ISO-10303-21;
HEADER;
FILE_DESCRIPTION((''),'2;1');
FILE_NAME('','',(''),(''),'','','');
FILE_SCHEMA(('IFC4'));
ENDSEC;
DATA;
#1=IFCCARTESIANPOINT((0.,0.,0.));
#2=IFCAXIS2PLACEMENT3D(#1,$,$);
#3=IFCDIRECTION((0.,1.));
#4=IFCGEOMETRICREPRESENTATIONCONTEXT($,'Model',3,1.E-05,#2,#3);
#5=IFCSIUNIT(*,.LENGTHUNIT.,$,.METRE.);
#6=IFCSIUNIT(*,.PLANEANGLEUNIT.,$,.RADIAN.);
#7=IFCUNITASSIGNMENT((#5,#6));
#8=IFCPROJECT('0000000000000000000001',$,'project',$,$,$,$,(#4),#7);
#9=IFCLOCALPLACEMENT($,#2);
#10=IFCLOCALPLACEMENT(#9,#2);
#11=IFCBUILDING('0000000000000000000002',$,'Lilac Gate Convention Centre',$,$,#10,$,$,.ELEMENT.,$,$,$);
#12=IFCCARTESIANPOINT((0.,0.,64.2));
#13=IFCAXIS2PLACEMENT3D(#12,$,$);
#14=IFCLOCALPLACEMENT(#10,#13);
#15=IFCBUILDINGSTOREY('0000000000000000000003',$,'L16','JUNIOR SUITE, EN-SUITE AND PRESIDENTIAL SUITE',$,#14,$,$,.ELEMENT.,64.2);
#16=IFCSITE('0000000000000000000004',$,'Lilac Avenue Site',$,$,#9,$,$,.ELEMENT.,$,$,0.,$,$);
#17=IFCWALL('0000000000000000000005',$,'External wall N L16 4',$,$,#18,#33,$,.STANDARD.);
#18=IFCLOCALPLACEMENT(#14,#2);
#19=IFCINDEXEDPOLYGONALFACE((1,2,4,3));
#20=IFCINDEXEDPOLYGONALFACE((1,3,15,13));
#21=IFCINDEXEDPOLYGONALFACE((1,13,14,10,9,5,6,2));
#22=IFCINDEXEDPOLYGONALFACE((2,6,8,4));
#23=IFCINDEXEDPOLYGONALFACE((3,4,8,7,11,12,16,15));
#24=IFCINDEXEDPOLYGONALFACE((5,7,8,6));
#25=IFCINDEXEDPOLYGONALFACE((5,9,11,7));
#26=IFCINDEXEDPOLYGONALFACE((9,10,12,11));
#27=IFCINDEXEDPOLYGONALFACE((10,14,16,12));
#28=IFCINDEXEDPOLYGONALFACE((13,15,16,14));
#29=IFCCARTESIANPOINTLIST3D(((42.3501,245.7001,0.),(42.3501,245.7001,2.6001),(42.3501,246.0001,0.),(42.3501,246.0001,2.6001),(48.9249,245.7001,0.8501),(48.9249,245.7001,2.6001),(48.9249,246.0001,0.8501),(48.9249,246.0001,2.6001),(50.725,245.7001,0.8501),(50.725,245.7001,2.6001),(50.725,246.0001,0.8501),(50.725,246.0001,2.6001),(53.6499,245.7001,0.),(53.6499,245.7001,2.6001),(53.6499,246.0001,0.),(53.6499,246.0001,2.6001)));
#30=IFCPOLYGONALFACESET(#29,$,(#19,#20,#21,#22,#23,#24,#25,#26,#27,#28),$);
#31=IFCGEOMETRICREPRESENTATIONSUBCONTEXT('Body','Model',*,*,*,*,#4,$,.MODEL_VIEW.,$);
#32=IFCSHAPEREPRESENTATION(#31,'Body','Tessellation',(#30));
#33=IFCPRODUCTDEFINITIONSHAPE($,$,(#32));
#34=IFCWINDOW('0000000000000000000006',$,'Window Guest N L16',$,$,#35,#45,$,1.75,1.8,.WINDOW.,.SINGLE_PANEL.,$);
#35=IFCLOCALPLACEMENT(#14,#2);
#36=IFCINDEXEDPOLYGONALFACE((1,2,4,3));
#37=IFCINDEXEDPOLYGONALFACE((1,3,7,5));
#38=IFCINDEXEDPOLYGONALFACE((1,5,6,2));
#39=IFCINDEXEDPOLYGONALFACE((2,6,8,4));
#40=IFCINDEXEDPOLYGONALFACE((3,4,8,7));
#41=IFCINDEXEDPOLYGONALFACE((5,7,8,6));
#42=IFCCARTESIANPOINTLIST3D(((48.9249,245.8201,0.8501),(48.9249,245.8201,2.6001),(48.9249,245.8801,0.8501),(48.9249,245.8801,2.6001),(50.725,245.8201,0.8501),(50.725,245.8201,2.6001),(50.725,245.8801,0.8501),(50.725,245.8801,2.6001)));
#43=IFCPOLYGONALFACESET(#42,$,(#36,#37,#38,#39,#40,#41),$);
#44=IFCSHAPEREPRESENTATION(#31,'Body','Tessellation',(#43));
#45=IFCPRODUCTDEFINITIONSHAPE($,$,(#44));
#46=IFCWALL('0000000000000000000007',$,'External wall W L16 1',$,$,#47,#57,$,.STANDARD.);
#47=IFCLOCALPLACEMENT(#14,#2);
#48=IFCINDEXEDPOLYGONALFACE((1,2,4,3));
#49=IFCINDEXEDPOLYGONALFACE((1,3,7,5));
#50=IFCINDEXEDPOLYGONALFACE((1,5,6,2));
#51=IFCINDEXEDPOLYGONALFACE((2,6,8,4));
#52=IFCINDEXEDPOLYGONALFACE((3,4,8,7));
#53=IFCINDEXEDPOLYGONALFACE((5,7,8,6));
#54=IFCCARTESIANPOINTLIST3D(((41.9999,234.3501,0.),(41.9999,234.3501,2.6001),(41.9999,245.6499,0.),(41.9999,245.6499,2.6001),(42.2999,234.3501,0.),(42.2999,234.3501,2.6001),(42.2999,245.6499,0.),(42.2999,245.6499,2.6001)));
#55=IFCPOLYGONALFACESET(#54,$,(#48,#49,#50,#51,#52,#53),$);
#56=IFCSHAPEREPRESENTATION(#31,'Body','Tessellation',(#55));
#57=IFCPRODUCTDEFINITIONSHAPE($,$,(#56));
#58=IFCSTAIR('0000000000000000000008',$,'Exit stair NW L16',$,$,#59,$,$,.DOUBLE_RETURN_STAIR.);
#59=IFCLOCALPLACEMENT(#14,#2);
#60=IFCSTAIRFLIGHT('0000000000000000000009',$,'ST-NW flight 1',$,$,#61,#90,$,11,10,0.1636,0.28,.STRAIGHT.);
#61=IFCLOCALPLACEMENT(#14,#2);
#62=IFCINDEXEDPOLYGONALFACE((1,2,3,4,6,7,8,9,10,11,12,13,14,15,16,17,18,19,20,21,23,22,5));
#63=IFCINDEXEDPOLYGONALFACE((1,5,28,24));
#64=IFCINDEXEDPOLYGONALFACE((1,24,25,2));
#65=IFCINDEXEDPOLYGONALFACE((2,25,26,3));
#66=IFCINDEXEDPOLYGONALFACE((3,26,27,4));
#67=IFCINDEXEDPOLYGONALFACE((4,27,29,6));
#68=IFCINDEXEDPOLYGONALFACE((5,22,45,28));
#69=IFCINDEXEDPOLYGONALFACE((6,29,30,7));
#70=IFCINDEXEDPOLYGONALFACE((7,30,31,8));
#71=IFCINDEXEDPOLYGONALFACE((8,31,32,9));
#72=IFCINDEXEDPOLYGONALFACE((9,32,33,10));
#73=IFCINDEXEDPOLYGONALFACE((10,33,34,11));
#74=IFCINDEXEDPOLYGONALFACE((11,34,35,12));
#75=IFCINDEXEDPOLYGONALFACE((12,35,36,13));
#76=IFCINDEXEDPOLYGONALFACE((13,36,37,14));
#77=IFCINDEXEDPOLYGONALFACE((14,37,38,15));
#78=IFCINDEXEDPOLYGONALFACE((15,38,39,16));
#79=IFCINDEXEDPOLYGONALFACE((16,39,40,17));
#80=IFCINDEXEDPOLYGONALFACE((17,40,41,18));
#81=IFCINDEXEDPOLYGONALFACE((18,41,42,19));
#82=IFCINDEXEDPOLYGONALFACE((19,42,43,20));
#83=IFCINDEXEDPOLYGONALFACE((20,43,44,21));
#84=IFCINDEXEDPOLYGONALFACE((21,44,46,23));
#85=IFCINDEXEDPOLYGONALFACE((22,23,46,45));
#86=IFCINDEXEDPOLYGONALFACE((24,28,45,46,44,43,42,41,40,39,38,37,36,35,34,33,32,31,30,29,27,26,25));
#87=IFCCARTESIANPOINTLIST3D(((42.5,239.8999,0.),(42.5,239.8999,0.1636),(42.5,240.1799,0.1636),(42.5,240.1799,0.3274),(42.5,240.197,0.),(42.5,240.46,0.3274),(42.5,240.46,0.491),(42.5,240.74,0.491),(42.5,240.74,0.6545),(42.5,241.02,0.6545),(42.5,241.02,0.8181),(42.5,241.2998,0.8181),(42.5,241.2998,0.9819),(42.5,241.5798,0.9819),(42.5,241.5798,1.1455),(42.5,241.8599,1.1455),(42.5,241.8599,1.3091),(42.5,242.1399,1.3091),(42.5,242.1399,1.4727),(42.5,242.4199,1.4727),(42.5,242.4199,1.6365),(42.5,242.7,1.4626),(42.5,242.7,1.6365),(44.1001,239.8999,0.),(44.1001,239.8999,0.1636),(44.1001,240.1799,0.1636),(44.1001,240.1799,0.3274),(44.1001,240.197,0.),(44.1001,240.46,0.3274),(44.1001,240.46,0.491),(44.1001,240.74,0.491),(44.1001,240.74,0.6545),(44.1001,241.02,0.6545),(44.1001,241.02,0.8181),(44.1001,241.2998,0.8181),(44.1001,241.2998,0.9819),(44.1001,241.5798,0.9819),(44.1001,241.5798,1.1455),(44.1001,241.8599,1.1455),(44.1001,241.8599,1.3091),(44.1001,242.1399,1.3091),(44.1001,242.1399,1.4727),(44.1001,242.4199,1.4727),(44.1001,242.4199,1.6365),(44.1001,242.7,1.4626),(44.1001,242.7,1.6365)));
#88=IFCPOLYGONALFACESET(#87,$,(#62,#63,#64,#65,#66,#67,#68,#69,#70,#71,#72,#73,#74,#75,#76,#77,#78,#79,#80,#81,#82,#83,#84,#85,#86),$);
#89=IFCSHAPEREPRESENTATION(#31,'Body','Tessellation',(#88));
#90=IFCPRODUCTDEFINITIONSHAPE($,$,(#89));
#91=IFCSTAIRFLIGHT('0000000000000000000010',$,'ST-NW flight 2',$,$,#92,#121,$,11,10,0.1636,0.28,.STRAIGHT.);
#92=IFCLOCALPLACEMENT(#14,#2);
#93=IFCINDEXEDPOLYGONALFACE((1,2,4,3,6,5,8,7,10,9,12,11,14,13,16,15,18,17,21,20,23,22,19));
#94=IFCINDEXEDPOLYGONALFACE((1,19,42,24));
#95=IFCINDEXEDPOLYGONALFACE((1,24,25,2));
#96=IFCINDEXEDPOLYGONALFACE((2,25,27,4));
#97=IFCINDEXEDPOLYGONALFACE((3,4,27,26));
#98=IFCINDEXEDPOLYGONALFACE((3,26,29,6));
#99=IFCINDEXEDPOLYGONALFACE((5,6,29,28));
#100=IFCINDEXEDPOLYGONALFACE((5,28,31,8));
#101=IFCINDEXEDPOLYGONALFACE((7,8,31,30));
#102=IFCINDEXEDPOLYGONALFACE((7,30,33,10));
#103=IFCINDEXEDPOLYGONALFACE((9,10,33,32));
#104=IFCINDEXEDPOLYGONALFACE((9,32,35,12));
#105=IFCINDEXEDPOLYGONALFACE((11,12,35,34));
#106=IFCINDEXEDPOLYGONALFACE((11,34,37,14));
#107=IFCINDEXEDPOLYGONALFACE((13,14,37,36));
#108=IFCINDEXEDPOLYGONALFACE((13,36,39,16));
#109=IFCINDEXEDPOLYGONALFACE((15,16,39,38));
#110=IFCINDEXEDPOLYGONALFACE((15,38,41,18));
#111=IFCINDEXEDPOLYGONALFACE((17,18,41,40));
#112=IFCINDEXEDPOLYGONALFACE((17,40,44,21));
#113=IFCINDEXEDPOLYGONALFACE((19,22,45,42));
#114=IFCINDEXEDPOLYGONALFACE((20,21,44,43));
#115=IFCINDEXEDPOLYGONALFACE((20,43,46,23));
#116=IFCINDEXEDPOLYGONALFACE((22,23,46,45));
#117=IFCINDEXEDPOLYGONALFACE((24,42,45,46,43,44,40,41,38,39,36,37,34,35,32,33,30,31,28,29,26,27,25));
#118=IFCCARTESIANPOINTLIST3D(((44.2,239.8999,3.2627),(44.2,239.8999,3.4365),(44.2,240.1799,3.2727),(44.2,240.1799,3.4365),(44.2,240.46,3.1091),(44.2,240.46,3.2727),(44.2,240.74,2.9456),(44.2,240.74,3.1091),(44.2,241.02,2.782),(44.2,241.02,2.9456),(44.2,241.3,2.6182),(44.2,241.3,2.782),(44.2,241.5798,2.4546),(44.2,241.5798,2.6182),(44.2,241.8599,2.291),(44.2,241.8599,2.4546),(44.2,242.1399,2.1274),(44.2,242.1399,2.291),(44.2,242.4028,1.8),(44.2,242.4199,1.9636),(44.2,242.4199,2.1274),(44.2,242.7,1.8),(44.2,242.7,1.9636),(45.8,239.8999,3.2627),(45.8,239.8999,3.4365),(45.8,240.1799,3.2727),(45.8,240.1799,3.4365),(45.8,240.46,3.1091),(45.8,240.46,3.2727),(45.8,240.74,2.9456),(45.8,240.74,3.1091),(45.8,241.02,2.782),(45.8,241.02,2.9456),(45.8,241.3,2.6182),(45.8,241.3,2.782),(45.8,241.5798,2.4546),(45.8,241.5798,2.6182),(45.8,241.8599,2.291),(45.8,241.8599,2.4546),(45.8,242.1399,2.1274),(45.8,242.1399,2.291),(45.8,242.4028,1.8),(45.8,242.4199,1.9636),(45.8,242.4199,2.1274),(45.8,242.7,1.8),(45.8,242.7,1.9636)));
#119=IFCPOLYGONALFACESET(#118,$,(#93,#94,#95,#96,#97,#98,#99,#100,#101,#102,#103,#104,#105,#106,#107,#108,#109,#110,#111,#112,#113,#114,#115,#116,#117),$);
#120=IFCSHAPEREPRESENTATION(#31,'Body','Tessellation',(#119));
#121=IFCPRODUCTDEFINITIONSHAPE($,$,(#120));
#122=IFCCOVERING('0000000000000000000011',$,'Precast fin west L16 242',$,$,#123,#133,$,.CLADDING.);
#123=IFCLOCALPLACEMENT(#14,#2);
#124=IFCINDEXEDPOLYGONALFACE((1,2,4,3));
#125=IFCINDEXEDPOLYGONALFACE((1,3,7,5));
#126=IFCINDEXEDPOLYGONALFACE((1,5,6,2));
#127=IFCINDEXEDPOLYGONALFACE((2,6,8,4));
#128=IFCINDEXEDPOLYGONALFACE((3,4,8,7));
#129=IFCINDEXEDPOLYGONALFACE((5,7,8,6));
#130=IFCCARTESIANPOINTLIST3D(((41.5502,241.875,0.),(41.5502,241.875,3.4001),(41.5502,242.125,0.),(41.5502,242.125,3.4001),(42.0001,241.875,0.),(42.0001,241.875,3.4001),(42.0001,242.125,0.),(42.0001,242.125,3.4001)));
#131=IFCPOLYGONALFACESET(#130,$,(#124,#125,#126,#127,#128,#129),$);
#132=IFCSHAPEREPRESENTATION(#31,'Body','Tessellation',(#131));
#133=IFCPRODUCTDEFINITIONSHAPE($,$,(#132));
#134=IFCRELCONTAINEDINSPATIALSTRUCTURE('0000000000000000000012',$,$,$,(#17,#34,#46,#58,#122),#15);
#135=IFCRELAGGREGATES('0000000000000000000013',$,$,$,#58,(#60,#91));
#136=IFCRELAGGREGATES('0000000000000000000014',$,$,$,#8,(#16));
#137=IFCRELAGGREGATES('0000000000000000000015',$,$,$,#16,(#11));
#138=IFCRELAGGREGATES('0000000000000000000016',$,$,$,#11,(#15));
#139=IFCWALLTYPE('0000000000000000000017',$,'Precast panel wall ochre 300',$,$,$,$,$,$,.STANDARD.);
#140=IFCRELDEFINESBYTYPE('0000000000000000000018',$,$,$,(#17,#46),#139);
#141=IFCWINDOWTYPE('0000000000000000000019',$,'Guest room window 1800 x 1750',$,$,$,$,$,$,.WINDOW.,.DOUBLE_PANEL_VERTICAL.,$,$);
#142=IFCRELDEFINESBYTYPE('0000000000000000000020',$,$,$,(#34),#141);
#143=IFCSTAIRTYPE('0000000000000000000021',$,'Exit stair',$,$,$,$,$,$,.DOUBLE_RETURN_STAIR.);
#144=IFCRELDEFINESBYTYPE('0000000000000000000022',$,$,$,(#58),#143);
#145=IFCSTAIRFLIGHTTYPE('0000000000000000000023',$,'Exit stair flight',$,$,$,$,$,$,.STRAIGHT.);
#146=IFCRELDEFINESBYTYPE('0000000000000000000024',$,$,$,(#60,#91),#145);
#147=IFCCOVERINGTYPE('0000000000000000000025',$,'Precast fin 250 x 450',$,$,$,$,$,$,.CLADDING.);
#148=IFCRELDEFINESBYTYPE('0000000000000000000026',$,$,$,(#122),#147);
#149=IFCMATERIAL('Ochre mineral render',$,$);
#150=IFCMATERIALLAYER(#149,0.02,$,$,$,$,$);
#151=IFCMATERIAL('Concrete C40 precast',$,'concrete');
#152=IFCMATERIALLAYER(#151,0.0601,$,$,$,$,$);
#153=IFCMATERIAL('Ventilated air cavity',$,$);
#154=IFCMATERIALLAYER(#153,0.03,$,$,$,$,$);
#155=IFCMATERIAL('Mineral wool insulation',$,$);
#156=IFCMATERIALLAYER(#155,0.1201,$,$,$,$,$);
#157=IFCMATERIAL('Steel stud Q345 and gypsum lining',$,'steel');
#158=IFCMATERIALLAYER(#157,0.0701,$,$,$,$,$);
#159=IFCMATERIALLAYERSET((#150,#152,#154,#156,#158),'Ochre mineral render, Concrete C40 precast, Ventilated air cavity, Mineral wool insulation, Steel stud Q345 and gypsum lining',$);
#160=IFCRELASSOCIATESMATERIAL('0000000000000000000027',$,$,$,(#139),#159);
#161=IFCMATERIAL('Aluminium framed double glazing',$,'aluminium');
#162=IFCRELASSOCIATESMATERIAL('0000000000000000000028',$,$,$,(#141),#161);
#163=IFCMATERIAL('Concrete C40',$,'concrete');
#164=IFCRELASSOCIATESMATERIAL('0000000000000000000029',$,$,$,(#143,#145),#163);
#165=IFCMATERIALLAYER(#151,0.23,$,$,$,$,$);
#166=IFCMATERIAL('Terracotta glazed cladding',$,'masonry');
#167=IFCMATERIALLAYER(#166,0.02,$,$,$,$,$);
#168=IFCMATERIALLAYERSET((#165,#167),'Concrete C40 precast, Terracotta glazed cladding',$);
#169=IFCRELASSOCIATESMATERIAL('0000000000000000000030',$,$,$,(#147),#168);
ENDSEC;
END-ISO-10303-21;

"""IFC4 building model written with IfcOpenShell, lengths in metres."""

from ifc_helpers import new_model, si_unit, direction, frame, frame_2d, origin, place, context, subcontext, project, spatial, polyline, rectangle, outline, extrude, material, layer, layer_set, type_object, element, fill, aggregate, save


model = new_model("IFC4")

# Units and contexts
model_context = context("Model", 3, precision=1e-05, world=origin(), true_north=direction((0.0, 1.0)))
body_context = subcontext(model_context, "Body", "Model", "MODEL_VIEW")
ifc_project = project(units=[si_unit("LENGTHUNIT", "METRE"), si_unit("PLANEANGLEUNIT", "RADIAN")], contexts=[model_context])

# Site, building, storey
site_placement = place(None, origin())
site = spatial("IfcSite", under=ifc_project, at=site_placement, Name="Lilac Avenue Site", CompositionType="ELEMENT", RefElevation=0.0)
building_placement = place(site_placement, origin())
building = spatial("IfcBuilding", under=site, at=building_placement, Name="Lilac Gate Convention Centre", CompositionType="ELEMENT")
storey_placement = place(building_placement, frame((0.0, 0.0, 64.2)))
storey = spatial("IfcBuildingStorey", under=building, at=storey_placement, Name="L16", Description="JUNIOR SUITE, EN-SUITE AND PRESIDENTIAL SUITE", CompositionType="ELEMENT", Elevation=64.2)

# Shared definitions
ifc_material_1 = material(Name="Concrete C40", Category="concrete")

# Shared definitions
ifc_material_2 = material(Name="Concrete C40 precast", Category="concrete")
ifc_material_3 = material(Name="Terracotta glazed cladding", Category="masonry")

# Wall, opening, window
ifc_material_4 = material(Name="Ochre mineral render")
ifc_layer_1 = layer(ifc_material_4, 0.02)
ifc_layer_2 = layer(ifc_material_2, 0.0601)
ifc_material_5 = material(Name="Ventilated air cavity")
ifc_layer_3 = layer(ifc_material_5, 0.03)
ifc_material_6 = material(Name="Mineral wool insulation")
ifc_layer_4 = layer(ifc_material_6, 0.1201)
ifc_material_7 = material(Name="Steel stud Q345 and gypsum lining", Category="steel")
ifc_layer_5 = layer(ifc_material_7, 0.0701)
ifc_layer_set_1 = layer_set([ifc_layer_1, ifc_layer_2, ifc_layer_3, ifc_layer_4, ifc_layer_5], Name="Ochre mineral render, Concrete C40 precast, Ventilated air cavity, Mineral wool insulation, Steel stud Q345 and gypsum lining")
wall_type_1 = type_object("IfcWallType", Name="Precast panel wall ochre 300", PredefinedType="STANDARD", material=ifc_layer_set_1)
wall_1_placement = place(storey_placement, frame((53.6499, 245.8501, 0.0), z_axis=(0.0, 0.0, 1.0), x_axis=(-1.0, 0.0, 0.0)))
wall_1 = element("IfcWall", 1, at=wall_1_placement, inside=storey, type_object=wall_type_1, Name="External wall N L16 4", PredefinedType="STANDARD", context=body_context, shape_type="SweptSolid", body=[
    extrude(rectangle(XDim=11.2998, YDim=0.3, at=frame_2d((5.6499, 0.0))), origin(), (0.0, 0.0, 1.0), 2.6001),
])
opening_1_placement = place(wall_1_placement, frame((2.925, 0.0, 0.8501)))
opening_1 = element("IfcOpeningElement", 2, at=opening_1_placement, cuts=wall_1, PredefinedType="OPENING", context=body_context, shape_type="SweptSolid", body=[
    extrude(rectangle(XDim=1.8, YDim=1.75, at=frame_2d((0.8999, 0.875))), frame((0.0, 0.1599, 0.0), z_axis=(0.0, -1.0, 0.0), x_axis=(1.0, 0.0, 0.0)), (0.0, 0.0, 1.0), 0.3201),
])
ifc_material_8 = material(Name="Aluminium framed double glazing", Category="aluminium")
window_type = type_object("IfcWindowType", Name="Guest room window 1800 x 1750", PartitioningType="DOUBLE_PANEL_VERTICAL", PredefinedType="WINDOW", material=ifc_material_8)
window_placement = place(opening_1_placement, origin())
window = element("IfcWindow", 3, at=window_placement, inside=storey, type_object=window_type, Name="Window Guest N L16", OverallHeight=1.75, OverallWidth=1.8, PartitioningType="SINGLE_PANEL", PredefinedType="WINDOW", context=body_context, shape_type="SweptSolid", body=[
    extrude(rectangle(XDim=1.8, YDim=1.75, at=frame_2d((0.8999, 0.875))), frame((0.0, 0.03, 0.0), z_axis=(0.0, -1.0, 0.0), x_axis=(1.0, 0.0, 0.0)), (0.0, 0.0, 1.0), 0.0601),
])
fill(opening_1, window)

# Wall
wall_2_placement = place(storey_placement, frame((42.1499, 245.6499, 0.0), z_axis=(0.0, 0.0, 1.0), x_axis=(0.0, -1.0, 0.0)))
element("IfcWall", 4, at=wall_2_placement, inside=storey, type_object=wall_type_1, Name="External wall W L16 1", PredefinedType="STANDARD", context=body_context, shape_type="SweptSolid", body=[
    extrude(rectangle(XDim=11.2998, YDim=0.3, at=frame_2d((5.6499, 0.0))), origin(), (0.0, 0.0, 1.0), 2.6001),
])

# Stair, stair flights
stair_type = type_object("IfcStairType", Name="Exit stair", PredefinedType="DOUBLE_RETURN_STAIR", material=ifc_material_1)
stair_placement = place(storey_placement, origin())
stair = element("IfcStair", 5, at=stair_placement, inside=storey, type_object=stair_type, Name="Exit stair NW L16", PredefinedType="DOUBLE_RETURN_STAIR")
stair_flight_type = type_object("IfcStairFlightType", Name="Exit stair flight", PredefinedType="STRAIGHT", material=ifc_material_1)
stair_flight_1_placement = place(storey_placement, frame((43.3, 239.8999, 0.0), z_axis=(0.0, 0.0, 1.0), x_axis=(0.0, 1.0, 0.0)))
stair_flight_1 = element("IfcStairFlight", 6, at=stair_flight_1_placement, type_object=stair_flight_type, Name="ST-NW flight 1", NumberOfRisers=11, NumberOfTreads=10, PredefinedType="STRAIGHT", RiserHeight=0.1636, TreadLength=0.28, context=body_context, shape_type="SweptSolid", body=[
    extrude(outline(polyline([(0.0, 0.0), (0.0, 0.1636), (0.28, 0.1636), (0.28, 0.3274), (0.5601, 0.3274), (0.5601, 0.491), (0.8401, 0.491), (0.8401, 0.6545), (1.1201, 0.6545), (1.1201, 0.8181), (1.3999, 0.8181), (1.3999, 0.9819), (1.6799, 0.9819), (1.6799, 1.1455), (1.96, 1.1455), (1.96, 1.3091), (2.24, 1.3091), (2.24, 1.4727), (2.52, 1.4727), (2.52, 1.6365), (2.8, 1.6365), (2.8, 1.8), (2.8, 1.4626), (0.2971, 0.0), (0.0, 0.0)])), frame((0.0, 0.8, 0.0), z_axis=(0.0, -1.0, 0.0), x_axis=(1.0, 0.0, 0.0)), (0.0, 0.0, 1.0), 1.6001),
])
stair_flight_2_placement = place(storey_placement, frame((45.0, 242.7, 1.8), z_axis=(0.0, 0.0, 1.0), x_axis=(0.0, -1.0, 0.0)))
stair_flight_2 = element("IfcStairFlight", 7, at=stair_flight_2_placement, type_object=stair_flight_type, Name="ST-NW flight 2", NumberOfRisers=11, NumberOfTreads=10, PredefinedType="STRAIGHT", RiserHeight=0.1636, TreadLength=0.28, context=body_context, shape_type="SweptSolid", body=[
    extrude(outline(polyline([(0.0, 0.0), (0.0, 0.1636), (0.28, 0.1636), (0.28, 0.3274), (0.5601, 0.3274), (0.5601, 0.491), (0.8401, 0.491), (0.8401, 0.6545), (1.1201, 0.6545), (1.1201, 0.8181), (1.3999, 0.8181), (1.3999, 0.9819), (1.6799, 0.9819), (1.6799, 1.1455), (1.96, 1.1455), (1.96, 1.3091), (2.24, 1.3091), (2.24, 1.4727), (2.52, 1.4727), (2.52, 1.6365), (2.8, 1.6365), (2.8, 1.8), (2.8, 1.4626), (0.2971, 0.0), (0.0, 0.0)])), frame((0.0, 0.8, 0.0), z_axis=(0.0, -1.0, 0.0), x_axis=(1.0, 0.0, 0.0)), (0.0, 0.0, 1.0), 1.6001),
])
aggregate(stair, [stair_flight_1, stair_flight_2])

# Covering
ifc_layer_6 = layer(ifc_material_2, 0.23)
ifc_layer_7 = layer(ifc_material_3, 0.02)
ifc_layer_set_2 = layer_set([ifc_layer_6, ifc_layer_7], Name="Concrete C40 precast, Terracotta glazed cladding")
covering_type = type_object("IfcCoveringType", Name="Precast fin 250 x 450", PredefinedType="CLADDING", material=ifc_layer_set_2)
covering_placement = place(storey_placement, frame((41.55, 242.0, 0.0), z_axis=(0.0, 0.0, 1.0), x_axis=(1.0, 0.0, 0.0)))
element("IfcCovering", 8, at=covering_placement, inside=storey, type_object=covering_type, Name="Precast fin west L16 242", PredefinedType="CLADDING", context=body_context, shape_type="SweptSolid", body=[
    extrude(rectangle(XDim=0.45, YDim=0.25, at=frame_2d((0.2251, 0.0))), origin(), (0.0, 0.0, 1.0), 3.4001),
])

save(model, "model.ifc")
